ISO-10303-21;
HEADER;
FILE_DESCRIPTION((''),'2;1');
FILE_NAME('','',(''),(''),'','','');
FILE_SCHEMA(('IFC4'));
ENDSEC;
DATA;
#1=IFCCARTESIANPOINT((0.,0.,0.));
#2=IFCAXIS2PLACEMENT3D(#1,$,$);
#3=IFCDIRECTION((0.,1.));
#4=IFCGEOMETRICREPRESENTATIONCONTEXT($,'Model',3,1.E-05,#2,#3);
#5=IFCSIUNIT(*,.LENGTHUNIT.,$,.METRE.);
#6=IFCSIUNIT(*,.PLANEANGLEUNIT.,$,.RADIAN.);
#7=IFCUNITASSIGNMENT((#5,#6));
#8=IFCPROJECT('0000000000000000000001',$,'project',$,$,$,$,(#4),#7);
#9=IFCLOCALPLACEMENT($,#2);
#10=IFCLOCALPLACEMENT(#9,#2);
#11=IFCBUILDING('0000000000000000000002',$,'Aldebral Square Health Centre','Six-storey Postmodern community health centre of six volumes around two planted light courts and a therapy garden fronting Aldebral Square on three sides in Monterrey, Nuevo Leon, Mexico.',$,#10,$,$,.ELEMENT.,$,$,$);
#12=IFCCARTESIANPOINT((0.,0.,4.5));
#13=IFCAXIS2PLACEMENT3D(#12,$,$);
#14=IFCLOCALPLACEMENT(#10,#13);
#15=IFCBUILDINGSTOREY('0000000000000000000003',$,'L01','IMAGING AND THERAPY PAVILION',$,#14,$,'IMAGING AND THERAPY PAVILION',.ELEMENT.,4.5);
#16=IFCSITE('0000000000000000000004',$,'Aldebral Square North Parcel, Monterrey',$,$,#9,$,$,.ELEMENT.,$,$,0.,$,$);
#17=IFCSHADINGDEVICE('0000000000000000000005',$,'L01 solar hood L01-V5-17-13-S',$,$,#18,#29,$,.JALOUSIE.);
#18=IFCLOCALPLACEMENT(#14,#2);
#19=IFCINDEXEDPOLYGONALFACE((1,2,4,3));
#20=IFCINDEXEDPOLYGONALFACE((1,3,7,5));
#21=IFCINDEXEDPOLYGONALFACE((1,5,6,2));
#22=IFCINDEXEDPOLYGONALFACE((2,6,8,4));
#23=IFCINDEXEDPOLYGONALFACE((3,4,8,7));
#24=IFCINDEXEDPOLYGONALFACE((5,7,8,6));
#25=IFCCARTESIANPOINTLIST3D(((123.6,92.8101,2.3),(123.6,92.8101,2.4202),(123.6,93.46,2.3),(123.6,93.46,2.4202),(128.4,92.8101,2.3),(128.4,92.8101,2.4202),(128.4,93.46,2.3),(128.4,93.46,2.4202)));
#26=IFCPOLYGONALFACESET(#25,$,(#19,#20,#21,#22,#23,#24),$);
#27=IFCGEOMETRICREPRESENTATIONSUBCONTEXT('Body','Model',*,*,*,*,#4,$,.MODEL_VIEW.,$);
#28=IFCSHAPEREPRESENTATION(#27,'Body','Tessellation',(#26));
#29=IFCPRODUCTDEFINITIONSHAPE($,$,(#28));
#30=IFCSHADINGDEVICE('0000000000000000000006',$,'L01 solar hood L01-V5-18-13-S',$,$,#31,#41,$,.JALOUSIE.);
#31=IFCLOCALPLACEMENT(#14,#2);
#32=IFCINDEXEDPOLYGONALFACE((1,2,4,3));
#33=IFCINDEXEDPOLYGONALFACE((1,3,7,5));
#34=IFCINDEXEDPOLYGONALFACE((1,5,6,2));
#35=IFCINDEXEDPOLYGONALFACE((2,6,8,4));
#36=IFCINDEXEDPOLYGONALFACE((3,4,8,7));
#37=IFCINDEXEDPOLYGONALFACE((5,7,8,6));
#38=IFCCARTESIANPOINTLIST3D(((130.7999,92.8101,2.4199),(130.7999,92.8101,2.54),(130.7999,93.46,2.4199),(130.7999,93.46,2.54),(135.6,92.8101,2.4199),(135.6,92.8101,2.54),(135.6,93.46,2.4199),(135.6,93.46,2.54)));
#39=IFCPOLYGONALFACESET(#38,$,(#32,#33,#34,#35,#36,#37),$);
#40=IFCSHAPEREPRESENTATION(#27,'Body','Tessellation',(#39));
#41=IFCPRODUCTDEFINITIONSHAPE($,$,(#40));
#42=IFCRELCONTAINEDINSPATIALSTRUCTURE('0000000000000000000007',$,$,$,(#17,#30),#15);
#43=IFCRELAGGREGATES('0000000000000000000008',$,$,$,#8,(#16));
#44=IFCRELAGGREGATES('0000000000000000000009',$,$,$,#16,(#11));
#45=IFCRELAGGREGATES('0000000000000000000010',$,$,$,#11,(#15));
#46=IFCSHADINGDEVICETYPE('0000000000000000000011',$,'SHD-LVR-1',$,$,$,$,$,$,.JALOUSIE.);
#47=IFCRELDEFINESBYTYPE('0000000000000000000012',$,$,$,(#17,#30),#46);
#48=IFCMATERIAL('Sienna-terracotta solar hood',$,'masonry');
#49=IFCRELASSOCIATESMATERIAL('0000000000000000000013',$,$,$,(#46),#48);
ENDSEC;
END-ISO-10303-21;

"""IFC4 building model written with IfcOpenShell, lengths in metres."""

from ifc_helpers import new_model, si_unit, direction, frame, origin, origin_2d, place, context, subcontext, project, spatial, rectangle, extrude, material, type_object, element, save


model = new_model("IFC4")

# Units and contexts
model_context = context("Model", 3, precision=1e-05, world=origin(), true_north=direction((0.0, 1.0)))
body_context = subcontext(model_context, "Body", "Model", "MODEL_VIEW")
ifc_project = project(units=[si_unit("LENGTHUNIT", "METRE"), si_unit("PLANEANGLEUNIT", "RADIAN")], contexts=[model_context])

# Site, building, storey
site_placement = place(None, origin())
site = spatial("IfcSite", under=ifc_project, at=site_placement, Name="Aldebral Square North Parcel, Monterrey", CompositionType="ELEMENT", RefElevation=0.0)
building_placement = place(site_placement, origin())
building = spatial("IfcBuilding", under=site, at=building_placement, Name="Aldebral Square Health Centre", Description="Six-storey Postmodern community health centre of six volumes around two planted light courts and a therapy garden fronting Aldebral Square on three sides in Monterrey, Nuevo Leon, Mexico.", CompositionType="ELEMENT")
storey_placement = place(building_placement, frame((0.0, 0.0, 4.5)))
storey = spatial("IfcBuildingStorey", under=building, at=storey_placement, Name="L01", Description="IMAGING AND THERAPY PAVILION", LongName="IMAGING AND THERAPY PAVILION", CompositionType="ELEMENT", Elevation=4.5)

# Shading devices
ifc_material_1 = material(Name="Sienna-terracotta solar hood", Category="masonry")
shading_device_type = type_object("IfcShadingDeviceType", Name="SHD-LVR-1", PredefinedType="JALOUSIE", material=ifc_material_1)
for number, where, z_axis, x_axis, name in (
    (1, (126.0, 93.135, 2.3), (0.0, 0.0, 1.0), (1.0, 0.0, 0.0), "L01 solar hood L01-V5-17-13-S"),
    (2, (133.2, 93.135, 2.4199), (0.0, 0.0, 1.0), (1.0, 0.0, 0.0), "L01 solar hood L01-V5-18-13-S"),
):
    element("IfcShadingDevice", number, at=place(storey_placement, frame(where, z_axis=z_axis, x_axis=x_axis)), inside=storey, type_object=shading_device_type, Name=name, PredefinedType="JALOUSIE", context=body_context, shape_type="SweptSolid", body=[
        extrude(rectangle(XDim=4.8, YDim=0.6499, at=origin_2d()), origin(), (0.0, 0.0, 1.0), 0.1201),
    ])

save(model, "model.ifc")
